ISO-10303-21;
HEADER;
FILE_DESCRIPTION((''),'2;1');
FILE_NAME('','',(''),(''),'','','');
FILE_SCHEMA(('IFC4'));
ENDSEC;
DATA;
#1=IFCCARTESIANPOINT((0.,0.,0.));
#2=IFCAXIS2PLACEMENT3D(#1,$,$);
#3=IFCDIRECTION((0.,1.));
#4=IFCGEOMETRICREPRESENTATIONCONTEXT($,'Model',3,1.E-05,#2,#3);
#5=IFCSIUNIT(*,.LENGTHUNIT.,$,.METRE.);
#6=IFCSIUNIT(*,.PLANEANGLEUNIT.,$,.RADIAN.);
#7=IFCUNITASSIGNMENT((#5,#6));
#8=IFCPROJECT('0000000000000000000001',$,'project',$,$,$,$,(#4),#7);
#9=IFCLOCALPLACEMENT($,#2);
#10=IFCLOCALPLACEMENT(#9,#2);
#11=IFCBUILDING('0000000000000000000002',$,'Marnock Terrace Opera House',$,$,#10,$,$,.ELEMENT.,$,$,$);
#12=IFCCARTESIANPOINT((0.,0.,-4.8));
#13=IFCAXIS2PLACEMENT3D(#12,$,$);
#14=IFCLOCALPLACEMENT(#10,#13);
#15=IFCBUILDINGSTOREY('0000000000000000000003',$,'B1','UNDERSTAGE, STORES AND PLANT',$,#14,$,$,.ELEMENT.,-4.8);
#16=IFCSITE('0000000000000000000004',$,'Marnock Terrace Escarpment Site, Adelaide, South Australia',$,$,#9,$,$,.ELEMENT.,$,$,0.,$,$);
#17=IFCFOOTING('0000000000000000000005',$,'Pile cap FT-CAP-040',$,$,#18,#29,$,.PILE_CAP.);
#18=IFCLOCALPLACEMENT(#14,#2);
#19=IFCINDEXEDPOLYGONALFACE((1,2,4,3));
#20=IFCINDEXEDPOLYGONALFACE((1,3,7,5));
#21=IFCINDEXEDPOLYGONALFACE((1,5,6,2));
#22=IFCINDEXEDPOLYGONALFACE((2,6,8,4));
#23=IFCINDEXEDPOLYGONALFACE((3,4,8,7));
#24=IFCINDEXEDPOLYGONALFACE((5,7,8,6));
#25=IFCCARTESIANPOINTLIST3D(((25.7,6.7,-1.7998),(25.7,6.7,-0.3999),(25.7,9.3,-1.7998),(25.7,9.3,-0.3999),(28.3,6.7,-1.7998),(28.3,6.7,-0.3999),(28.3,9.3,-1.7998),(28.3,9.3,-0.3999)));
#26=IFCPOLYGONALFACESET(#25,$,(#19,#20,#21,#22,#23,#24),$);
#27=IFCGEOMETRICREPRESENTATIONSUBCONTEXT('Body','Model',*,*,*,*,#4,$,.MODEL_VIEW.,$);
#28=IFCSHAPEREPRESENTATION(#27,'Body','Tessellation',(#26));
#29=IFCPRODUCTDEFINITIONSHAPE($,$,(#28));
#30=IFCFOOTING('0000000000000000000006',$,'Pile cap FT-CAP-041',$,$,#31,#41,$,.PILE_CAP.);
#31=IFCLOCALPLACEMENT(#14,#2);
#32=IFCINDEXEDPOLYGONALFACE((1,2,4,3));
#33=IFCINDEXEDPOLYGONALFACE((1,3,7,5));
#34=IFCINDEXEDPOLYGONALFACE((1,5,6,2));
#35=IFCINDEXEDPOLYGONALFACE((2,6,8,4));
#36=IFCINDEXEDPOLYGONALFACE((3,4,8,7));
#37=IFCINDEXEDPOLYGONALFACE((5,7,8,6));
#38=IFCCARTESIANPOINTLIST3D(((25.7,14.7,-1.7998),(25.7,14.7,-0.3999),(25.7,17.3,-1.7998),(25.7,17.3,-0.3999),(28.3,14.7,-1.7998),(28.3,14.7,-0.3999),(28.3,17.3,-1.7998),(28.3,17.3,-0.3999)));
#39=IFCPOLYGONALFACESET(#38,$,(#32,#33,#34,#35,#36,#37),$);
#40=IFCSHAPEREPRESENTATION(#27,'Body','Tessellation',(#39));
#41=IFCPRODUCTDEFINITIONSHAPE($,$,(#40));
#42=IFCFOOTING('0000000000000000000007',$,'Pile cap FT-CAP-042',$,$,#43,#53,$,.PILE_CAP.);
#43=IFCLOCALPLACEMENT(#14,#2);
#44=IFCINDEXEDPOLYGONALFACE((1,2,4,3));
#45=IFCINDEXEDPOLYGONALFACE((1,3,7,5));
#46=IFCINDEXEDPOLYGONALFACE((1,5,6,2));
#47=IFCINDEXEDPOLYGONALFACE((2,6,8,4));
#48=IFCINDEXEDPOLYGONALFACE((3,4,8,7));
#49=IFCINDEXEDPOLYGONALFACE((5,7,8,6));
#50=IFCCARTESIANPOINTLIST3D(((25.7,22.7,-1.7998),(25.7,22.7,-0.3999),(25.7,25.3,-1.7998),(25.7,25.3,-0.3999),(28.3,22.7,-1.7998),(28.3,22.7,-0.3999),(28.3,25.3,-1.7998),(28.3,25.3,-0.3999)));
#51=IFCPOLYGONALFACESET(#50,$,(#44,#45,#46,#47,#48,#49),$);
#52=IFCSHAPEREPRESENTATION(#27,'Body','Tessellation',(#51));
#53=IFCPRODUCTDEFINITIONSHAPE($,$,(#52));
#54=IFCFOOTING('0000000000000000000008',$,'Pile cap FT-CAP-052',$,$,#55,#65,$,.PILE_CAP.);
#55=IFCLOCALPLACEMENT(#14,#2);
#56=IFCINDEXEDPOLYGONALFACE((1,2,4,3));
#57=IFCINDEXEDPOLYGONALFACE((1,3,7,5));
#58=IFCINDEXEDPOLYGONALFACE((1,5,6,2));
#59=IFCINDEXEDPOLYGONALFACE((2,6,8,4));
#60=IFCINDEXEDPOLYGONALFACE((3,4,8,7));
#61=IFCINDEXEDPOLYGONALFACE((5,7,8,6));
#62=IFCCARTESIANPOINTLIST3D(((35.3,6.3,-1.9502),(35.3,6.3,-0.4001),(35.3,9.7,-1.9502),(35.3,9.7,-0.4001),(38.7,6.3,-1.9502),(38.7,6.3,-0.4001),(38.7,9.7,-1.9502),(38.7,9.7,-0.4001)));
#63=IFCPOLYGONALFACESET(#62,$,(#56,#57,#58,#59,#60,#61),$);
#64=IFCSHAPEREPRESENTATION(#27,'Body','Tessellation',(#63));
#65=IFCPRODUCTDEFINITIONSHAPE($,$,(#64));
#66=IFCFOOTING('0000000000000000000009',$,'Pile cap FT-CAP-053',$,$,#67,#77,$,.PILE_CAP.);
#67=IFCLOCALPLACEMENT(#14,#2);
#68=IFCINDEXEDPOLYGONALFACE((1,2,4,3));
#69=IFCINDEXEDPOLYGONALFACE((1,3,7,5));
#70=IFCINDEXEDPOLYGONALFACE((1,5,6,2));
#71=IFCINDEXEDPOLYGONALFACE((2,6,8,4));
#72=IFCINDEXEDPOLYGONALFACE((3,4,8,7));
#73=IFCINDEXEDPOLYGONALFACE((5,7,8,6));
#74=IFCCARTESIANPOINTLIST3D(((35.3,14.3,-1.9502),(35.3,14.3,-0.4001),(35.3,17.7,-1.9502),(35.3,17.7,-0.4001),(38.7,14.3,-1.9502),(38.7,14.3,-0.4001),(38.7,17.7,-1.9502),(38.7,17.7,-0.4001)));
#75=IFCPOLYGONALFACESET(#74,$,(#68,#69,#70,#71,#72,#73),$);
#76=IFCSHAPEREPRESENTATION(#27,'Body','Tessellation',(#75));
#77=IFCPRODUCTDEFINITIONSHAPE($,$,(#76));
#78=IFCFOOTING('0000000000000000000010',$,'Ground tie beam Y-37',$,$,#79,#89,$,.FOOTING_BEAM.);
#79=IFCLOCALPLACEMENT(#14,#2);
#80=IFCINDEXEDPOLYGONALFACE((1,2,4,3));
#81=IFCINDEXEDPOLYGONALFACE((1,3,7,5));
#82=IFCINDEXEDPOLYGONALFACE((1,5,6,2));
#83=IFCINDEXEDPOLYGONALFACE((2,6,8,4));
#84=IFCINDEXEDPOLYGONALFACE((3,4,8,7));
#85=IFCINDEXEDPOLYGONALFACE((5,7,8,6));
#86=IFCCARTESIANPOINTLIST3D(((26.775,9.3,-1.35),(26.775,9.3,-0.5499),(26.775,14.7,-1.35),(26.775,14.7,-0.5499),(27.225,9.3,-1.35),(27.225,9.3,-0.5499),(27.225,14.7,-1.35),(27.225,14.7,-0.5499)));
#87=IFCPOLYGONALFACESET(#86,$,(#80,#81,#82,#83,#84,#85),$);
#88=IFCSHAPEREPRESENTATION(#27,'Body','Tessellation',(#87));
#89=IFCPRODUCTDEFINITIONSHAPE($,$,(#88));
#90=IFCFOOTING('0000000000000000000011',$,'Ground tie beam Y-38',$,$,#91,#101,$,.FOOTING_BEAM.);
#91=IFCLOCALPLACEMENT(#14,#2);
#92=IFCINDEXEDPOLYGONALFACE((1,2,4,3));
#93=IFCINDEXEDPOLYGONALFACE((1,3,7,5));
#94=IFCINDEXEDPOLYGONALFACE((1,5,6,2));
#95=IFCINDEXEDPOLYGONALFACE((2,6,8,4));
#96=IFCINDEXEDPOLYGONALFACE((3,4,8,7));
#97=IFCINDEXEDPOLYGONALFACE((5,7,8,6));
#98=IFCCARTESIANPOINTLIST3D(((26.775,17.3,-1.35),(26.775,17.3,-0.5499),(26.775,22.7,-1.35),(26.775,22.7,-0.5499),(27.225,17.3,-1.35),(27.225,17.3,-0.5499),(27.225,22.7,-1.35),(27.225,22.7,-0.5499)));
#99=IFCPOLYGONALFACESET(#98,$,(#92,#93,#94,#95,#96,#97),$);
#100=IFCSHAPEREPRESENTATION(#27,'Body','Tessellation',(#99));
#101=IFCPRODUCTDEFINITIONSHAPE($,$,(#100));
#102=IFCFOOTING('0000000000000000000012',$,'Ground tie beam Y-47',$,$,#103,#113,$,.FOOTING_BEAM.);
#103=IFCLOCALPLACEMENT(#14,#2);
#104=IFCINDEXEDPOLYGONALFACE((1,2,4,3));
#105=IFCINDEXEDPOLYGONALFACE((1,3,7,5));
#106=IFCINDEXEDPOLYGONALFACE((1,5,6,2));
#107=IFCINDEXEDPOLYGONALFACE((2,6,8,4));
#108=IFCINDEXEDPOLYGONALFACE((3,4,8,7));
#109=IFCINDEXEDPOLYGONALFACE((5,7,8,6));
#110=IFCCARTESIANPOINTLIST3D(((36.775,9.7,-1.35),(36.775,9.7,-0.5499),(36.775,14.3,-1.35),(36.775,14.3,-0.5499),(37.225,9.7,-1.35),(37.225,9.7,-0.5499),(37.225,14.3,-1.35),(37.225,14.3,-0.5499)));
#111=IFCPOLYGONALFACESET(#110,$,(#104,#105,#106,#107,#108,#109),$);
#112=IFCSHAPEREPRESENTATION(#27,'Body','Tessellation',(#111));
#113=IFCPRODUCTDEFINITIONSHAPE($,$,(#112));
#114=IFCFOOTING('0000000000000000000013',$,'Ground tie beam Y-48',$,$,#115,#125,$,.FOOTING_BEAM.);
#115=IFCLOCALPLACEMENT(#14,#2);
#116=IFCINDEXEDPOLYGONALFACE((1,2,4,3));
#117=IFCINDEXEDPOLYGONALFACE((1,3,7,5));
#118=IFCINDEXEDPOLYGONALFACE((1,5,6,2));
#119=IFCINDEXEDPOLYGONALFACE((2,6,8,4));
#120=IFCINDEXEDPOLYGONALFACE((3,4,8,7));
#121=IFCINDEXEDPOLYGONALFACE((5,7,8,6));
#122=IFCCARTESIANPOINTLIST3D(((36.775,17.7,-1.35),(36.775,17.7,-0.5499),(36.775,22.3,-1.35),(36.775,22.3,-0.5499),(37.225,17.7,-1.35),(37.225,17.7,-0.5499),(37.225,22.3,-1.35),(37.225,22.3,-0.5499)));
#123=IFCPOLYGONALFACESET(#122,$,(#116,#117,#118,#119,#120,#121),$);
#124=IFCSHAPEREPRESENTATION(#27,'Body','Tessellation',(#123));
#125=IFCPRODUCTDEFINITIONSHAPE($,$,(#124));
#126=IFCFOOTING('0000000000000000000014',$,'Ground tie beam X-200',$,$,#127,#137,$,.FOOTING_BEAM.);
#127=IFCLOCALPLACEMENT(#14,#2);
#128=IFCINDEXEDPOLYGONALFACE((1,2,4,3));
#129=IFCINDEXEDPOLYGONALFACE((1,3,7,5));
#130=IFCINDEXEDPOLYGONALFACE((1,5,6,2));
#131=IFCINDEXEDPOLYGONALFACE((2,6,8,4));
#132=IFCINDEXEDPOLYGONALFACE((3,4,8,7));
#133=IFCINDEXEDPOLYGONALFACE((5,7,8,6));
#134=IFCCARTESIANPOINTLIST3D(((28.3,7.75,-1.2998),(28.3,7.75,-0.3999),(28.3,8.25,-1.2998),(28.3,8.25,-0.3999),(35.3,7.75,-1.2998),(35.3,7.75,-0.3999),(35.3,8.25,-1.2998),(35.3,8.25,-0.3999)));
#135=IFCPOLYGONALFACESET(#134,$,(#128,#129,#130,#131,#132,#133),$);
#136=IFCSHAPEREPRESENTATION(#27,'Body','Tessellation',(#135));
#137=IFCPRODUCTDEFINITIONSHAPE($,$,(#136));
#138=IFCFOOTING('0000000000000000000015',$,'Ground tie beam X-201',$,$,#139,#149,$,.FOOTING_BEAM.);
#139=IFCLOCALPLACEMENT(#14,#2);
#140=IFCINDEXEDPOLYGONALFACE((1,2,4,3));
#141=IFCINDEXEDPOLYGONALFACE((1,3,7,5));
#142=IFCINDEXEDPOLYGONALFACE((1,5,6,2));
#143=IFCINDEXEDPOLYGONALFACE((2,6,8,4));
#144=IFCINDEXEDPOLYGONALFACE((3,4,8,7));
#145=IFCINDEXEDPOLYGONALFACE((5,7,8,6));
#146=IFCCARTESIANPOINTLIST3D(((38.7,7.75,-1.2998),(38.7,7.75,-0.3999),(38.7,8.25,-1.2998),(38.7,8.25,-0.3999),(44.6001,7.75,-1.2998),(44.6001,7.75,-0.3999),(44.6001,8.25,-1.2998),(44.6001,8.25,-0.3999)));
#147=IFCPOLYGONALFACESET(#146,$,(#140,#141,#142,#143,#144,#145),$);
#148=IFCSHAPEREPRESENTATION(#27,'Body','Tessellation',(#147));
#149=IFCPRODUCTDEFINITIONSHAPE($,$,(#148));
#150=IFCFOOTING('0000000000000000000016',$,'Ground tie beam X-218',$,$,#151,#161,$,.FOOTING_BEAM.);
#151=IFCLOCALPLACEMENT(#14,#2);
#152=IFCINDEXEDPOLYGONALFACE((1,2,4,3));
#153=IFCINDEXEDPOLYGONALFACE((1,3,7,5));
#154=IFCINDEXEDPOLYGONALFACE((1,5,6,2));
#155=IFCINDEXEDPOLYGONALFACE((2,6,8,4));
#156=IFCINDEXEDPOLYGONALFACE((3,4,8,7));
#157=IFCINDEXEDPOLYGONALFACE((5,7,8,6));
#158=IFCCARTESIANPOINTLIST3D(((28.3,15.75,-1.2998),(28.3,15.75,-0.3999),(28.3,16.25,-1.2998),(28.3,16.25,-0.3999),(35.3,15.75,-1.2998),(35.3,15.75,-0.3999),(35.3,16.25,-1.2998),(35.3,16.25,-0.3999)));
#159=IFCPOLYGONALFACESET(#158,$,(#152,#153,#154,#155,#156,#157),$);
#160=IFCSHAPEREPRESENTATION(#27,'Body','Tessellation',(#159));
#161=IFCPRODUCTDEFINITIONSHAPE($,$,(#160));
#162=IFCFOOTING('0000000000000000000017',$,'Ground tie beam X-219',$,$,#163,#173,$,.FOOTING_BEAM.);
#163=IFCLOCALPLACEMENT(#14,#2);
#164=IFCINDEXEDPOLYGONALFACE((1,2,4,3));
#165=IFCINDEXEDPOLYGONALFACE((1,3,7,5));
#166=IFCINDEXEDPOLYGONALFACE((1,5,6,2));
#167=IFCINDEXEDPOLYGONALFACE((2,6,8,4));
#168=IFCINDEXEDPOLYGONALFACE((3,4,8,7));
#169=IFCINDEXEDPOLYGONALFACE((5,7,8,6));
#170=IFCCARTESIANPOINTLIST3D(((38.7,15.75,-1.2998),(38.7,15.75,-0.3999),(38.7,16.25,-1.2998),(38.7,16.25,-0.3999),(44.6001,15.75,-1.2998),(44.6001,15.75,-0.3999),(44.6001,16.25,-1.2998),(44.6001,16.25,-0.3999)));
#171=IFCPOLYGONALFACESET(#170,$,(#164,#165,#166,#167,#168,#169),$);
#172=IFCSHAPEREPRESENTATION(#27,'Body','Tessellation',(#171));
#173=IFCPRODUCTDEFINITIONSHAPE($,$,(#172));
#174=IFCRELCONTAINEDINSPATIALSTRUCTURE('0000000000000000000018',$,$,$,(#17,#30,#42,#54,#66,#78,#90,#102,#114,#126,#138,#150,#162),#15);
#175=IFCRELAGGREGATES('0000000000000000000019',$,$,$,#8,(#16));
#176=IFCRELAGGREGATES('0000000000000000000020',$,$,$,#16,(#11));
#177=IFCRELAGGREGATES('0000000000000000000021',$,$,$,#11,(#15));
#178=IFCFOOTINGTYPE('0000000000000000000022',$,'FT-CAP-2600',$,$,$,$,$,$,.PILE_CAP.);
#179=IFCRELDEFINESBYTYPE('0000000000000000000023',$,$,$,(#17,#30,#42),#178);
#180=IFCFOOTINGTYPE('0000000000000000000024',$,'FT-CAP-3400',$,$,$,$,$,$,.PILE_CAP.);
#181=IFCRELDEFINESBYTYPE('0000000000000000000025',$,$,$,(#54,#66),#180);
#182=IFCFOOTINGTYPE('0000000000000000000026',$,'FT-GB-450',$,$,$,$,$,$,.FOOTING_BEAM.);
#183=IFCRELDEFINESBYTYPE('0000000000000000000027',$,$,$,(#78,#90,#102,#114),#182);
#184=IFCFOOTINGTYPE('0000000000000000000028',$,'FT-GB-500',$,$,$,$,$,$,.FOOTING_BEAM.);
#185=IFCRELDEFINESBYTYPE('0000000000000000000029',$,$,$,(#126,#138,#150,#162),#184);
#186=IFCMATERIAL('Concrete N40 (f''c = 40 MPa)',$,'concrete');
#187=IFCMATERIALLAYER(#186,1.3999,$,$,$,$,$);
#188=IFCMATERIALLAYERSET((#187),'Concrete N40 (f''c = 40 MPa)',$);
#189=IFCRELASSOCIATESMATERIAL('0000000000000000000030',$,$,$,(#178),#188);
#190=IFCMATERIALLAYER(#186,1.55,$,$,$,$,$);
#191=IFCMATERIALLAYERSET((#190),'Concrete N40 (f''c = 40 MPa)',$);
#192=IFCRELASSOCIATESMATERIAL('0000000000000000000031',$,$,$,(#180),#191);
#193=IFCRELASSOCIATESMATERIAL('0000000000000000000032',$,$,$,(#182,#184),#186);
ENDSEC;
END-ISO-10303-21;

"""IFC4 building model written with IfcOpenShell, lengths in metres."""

from ifc_helpers import new_model, si_unit, direction, frame, origin, origin_2d, place, context, subcontext, project, spatial, rectangle, extrude, material, layer, layer_set, material_profile, profile_set, type_object, element, save


model = new_model("IFC4")

# Units and contexts
model_context = context("Model", 3, precision=1e-05, world=origin(), true_north=direction((0.0, 1.0)))
body_context = subcontext(model_context, "Body", "Model", "MODEL_VIEW")
ifc_project = project(units=[si_unit("LENGTHUNIT", "METRE"), si_unit("PLANEANGLEUNIT", "RADIAN")], contexts=[model_context])

# Site, building, storey
site_placement = place(None, origin())
site = spatial("IfcSite", under=ifc_project, at=site_placement, Name="Marnock Terrace Escarpment Site, Adelaide, South Australia", CompositionType="ELEMENT", RefElevation=0.0)
building_placement = place(site_placement, origin())
building = spatial("IfcBuilding", under=site, at=building_placement, Name="Marnock Terrace Opera House", CompositionType="ELEMENT")
storey_placement = place(building_placement, frame((0.0, 0.0, -4.8)))
storey = spatial("IfcBuildingStorey", under=building, at=storey_placement, Name="B1", Description="UNDERSTAGE, STORES AND PLANT", CompositionType="ELEMENT", Elevation=-4.8)

# Footings
ifc_material_1 = material(Name="Concrete N40 (f'c = 40 MPa)", Category="concrete")
ifc_layer_1 = layer(ifc_material_1, 1.3999)
ifc_layer_set_1 = layer_set([ifc_layer_1], Name="Concrete N40 (f'c = 40 MPa)")
footing_type_1 = type_object("IfcFootingType", Name="FT-CAP-2600", PredefinedType="PILE_CAP", material=ifc_layer_set_1)
for number, where, z_axis, x_axis, name in (
    (1, (27.0, 8.0, -1.7998), (0.0, 0.0, 1.0), (1.0, 0.0, 0.0), "Pile cap FT-CAP-040"),
    (2, (27.0, 16.0, -1.7998), (0.0, 0.0, 1.0), (1.0, 0.0, 0.0), "Pile cap FT-CAP-041"),
    (3, (27.0, 24.0, -1.7998), (0.0, 0.0, 1.0), (1.0, 0.0, 0.0), "Pile cap FT-CAP-042"),
):
    element("IfcFooting", number, at=place(storey_placement, frame(where, z_axis=z_axis, x_axis=x_axis)), inside=storey, type_object=footing_type_1, Name=name, PredefinedType="PILE_CAP", context=body_context, shape_type="SweptSolid", body=[
        extrude(rectangle(XDim=2.6001, YDim=2.6001, at=origin_2d()), origin(), (0.0, 0.0, 1.0), 1.3999),
    ])
ifc_layer_2 = layer(ifc_material_1, 1.55)
ifc_layer_set_2 = layer_set([ifc_layer_2], Name="Concrete N40 (f'c = 40 MPa)")
footing_type_2 = type_object("IfcFootingType", Name="FT-CAP-3400", PredefinedType="PILE_CAP", material=ifc_layer_set_2)
for number, where, z_axis, x_axis, name in (
    (4, (37.0, 8.0, -1.9502), (0.0, 0.0, 1.0), (1.0, 0.0, 0.0), "Pile cap FT-CAP-052"),
    (5, (37.0, 16.0, -1.9502), (0.0, 0.0, 1.0), (1.0, 0.0, 0.0), "Pile cap FT-CAP-053"),
):
    element("IfcFooting", number, at=place(storey_placement, frame(where, z_axis=z_axis, x_axis=x_axis)), inside=storey, type_object=footing_type_2, Name=name, PredefinedType="PILE_CAP", context=body_context, shape_type="SweptSolid", body=[
        extrude(rectangle(XDim=3.3999, YDim=3.3999, at=origin_2d()), origin(), (0.0, 0.0, 1.0), 1.55),
    ])
ifc_material_profile_1 = material_profile(ifc_material_1, rectangle(XDim=0.45, YDim=0.8, at=origin_2d()))
ifc_profile_set_1 = profile_set([ifc_material_profile_1], Name="Concrete N40 (f'c = 40 MPa)")
footing_type_3 = type_object("IfcFootingType", Name="FT-GB-450", PredefinedType="FOOTING_BEAM", material=ifc_profile_set_1)
for number, where, z_axis, x_axis, name in (
    (6, (27.0, 9.3, -0.95), (0.0, 1.0, 0.0), (-1.0, 0.0, 0.0), "Ground tie beam Y-37"),
    (7, (27.0, 17.3, -0.95), (0.0, 1.0, 0.0), (-1.0, 0.0, 0.0), "Ground tie beam Y-38"),
):
    element("IfcFooting", number, at=place(storey_placement, frame(where, z_axis=z_axis, x_axis=x_axis)), inside=storey, type_object=footing_type_3, Name=name, PredefinedType="FOOTING_BEAM", context=body_context, shape_type="SweptSolid", body=[
        extrude(rectangle(XDim=0.45, YDim=0.8, at=origin_2d()), origin(), (0.0, 0.0, 1.0), 5.3999),
    ])
for number, where, z_axis, x_axis, name in (
    (8, (37.0, 9.7, -0.95), (0.0, 1.0, 0.0), (-1.0, 0.0, 0.0), "Ground tie beam Y-47"),
    (9, (37.0, 17.7, -0.95), (0.0, 1.0, 0.0), (-1.0, 0.0, 0.0), "Ground tie beam Y-48"),
):
    element("IfcFooting", number, at=place(storey_placement, frame(where, z_axis=z_axis, x_axis=x_axis)), inside=storey, type_object=footing_type_3, Name=name, PredefinedType="FOOTING_BEAM", context=body_context, shape_type="SweptSolid", body=[
        extrude(rectangle(XDim=0.45, YDim=0.8, at=origin_2d()), origin(), (0.0, 0.0, 1.0), 4.6001),
    ])
ifc_material_profile_2 = material_profile(ifc_material_1, rectangle(XDim=0.5, YDim=0.8999, at=origin_2d()))
ifc_profile_set_2 = profile_set([ifc_material_profile_2], Name="Concrete N40 (f'c = 40 MPa)")
footing_type_4 = type_object("IfcFootingType", Name="FT-GB-500", PredefinedType="FOOTING_BEAM", material=ifc_profile_set_2)
footing_1_placement = place(storey_placement, frame((28.3, 8.0, -0.8499), z_axis=(1.0, 0.0, 0.0), x_axis=(0.0, 1.0, 0.0)))
element("IfcFooting", 10, at=footing_1_placement, inside=storey, type_object=footing_type_4, Name="Ground tie beam X-200", PredefinedType="FOOTING_BEAM", context=body_context, shape_type="SweptSolid", body=[
    extrude(rectangle(XDim=0.5, YDim=0.8999, at=origin_2d()), origin(), (0.0, 0.0, 1.0), 7.0),
])
footing_2_placement = place(storey_placement, frame((38.7, 8.0, -0.8499), z_axis=(1.0, 0.0, 0.0), x_axis=(0.0, 1.0, 0.0)))
element("IfcFooting", 11, at=footing_2_placement, inside=storey, type_object=footing_type_4, Name="Ground tie beam X-201", PredefinedType="FOOTING_BEAM", context=body_context, shape_type="SweptSolid", body=[
    extrude(rectangle(XDim=0.5, YDim=0.8999, at=origin_2d()), origin(), (0.0, 0.0, 1.0), 5.9001),
])
footing_3_placement = place(storey_placement, frame((28.3, 16.0, -0.8499), z_axis=(1.0, 0.0, 0.0), x_axis=(0.0, 1.0, 0.0)))
element("IfcFooting", 12, at=footing_3_placement, inside=storey, type_object=footing_type_4, Name="Ground tie beam X-218", PredefinedType="FOOTING_BEAM", context=body_context, shape_type="SweptSolid", body=[
    extrude(rectangle(XDim=0.5, YDim=0.8999, at=origin_2d()), origin(), (0.0, 0.0, 1.0), 7.0),
])
footing_4_placement = place(storey_placement, frame((38.7, 16.0, -0.8499), z_axis=(1.0, 0.0, 0.0), x_axis=(0.0, 1.0, 0.0)))
element("IfcFooting", 13, at=footing_4_placement, inside=storey, type_object=footing_type_4, Name="Ground tie beam X-219", PredefinedType="FOOTING_BEAM", context=body_context, shape_type="SweptSolid", body=[
    extrude(rectangle(XDim=0.5, YDim=0.8999, at=origin_2d()), origin(), (0.0, 0.0, 1.0), 5.9001),
])

save(model, "model.ifc")
